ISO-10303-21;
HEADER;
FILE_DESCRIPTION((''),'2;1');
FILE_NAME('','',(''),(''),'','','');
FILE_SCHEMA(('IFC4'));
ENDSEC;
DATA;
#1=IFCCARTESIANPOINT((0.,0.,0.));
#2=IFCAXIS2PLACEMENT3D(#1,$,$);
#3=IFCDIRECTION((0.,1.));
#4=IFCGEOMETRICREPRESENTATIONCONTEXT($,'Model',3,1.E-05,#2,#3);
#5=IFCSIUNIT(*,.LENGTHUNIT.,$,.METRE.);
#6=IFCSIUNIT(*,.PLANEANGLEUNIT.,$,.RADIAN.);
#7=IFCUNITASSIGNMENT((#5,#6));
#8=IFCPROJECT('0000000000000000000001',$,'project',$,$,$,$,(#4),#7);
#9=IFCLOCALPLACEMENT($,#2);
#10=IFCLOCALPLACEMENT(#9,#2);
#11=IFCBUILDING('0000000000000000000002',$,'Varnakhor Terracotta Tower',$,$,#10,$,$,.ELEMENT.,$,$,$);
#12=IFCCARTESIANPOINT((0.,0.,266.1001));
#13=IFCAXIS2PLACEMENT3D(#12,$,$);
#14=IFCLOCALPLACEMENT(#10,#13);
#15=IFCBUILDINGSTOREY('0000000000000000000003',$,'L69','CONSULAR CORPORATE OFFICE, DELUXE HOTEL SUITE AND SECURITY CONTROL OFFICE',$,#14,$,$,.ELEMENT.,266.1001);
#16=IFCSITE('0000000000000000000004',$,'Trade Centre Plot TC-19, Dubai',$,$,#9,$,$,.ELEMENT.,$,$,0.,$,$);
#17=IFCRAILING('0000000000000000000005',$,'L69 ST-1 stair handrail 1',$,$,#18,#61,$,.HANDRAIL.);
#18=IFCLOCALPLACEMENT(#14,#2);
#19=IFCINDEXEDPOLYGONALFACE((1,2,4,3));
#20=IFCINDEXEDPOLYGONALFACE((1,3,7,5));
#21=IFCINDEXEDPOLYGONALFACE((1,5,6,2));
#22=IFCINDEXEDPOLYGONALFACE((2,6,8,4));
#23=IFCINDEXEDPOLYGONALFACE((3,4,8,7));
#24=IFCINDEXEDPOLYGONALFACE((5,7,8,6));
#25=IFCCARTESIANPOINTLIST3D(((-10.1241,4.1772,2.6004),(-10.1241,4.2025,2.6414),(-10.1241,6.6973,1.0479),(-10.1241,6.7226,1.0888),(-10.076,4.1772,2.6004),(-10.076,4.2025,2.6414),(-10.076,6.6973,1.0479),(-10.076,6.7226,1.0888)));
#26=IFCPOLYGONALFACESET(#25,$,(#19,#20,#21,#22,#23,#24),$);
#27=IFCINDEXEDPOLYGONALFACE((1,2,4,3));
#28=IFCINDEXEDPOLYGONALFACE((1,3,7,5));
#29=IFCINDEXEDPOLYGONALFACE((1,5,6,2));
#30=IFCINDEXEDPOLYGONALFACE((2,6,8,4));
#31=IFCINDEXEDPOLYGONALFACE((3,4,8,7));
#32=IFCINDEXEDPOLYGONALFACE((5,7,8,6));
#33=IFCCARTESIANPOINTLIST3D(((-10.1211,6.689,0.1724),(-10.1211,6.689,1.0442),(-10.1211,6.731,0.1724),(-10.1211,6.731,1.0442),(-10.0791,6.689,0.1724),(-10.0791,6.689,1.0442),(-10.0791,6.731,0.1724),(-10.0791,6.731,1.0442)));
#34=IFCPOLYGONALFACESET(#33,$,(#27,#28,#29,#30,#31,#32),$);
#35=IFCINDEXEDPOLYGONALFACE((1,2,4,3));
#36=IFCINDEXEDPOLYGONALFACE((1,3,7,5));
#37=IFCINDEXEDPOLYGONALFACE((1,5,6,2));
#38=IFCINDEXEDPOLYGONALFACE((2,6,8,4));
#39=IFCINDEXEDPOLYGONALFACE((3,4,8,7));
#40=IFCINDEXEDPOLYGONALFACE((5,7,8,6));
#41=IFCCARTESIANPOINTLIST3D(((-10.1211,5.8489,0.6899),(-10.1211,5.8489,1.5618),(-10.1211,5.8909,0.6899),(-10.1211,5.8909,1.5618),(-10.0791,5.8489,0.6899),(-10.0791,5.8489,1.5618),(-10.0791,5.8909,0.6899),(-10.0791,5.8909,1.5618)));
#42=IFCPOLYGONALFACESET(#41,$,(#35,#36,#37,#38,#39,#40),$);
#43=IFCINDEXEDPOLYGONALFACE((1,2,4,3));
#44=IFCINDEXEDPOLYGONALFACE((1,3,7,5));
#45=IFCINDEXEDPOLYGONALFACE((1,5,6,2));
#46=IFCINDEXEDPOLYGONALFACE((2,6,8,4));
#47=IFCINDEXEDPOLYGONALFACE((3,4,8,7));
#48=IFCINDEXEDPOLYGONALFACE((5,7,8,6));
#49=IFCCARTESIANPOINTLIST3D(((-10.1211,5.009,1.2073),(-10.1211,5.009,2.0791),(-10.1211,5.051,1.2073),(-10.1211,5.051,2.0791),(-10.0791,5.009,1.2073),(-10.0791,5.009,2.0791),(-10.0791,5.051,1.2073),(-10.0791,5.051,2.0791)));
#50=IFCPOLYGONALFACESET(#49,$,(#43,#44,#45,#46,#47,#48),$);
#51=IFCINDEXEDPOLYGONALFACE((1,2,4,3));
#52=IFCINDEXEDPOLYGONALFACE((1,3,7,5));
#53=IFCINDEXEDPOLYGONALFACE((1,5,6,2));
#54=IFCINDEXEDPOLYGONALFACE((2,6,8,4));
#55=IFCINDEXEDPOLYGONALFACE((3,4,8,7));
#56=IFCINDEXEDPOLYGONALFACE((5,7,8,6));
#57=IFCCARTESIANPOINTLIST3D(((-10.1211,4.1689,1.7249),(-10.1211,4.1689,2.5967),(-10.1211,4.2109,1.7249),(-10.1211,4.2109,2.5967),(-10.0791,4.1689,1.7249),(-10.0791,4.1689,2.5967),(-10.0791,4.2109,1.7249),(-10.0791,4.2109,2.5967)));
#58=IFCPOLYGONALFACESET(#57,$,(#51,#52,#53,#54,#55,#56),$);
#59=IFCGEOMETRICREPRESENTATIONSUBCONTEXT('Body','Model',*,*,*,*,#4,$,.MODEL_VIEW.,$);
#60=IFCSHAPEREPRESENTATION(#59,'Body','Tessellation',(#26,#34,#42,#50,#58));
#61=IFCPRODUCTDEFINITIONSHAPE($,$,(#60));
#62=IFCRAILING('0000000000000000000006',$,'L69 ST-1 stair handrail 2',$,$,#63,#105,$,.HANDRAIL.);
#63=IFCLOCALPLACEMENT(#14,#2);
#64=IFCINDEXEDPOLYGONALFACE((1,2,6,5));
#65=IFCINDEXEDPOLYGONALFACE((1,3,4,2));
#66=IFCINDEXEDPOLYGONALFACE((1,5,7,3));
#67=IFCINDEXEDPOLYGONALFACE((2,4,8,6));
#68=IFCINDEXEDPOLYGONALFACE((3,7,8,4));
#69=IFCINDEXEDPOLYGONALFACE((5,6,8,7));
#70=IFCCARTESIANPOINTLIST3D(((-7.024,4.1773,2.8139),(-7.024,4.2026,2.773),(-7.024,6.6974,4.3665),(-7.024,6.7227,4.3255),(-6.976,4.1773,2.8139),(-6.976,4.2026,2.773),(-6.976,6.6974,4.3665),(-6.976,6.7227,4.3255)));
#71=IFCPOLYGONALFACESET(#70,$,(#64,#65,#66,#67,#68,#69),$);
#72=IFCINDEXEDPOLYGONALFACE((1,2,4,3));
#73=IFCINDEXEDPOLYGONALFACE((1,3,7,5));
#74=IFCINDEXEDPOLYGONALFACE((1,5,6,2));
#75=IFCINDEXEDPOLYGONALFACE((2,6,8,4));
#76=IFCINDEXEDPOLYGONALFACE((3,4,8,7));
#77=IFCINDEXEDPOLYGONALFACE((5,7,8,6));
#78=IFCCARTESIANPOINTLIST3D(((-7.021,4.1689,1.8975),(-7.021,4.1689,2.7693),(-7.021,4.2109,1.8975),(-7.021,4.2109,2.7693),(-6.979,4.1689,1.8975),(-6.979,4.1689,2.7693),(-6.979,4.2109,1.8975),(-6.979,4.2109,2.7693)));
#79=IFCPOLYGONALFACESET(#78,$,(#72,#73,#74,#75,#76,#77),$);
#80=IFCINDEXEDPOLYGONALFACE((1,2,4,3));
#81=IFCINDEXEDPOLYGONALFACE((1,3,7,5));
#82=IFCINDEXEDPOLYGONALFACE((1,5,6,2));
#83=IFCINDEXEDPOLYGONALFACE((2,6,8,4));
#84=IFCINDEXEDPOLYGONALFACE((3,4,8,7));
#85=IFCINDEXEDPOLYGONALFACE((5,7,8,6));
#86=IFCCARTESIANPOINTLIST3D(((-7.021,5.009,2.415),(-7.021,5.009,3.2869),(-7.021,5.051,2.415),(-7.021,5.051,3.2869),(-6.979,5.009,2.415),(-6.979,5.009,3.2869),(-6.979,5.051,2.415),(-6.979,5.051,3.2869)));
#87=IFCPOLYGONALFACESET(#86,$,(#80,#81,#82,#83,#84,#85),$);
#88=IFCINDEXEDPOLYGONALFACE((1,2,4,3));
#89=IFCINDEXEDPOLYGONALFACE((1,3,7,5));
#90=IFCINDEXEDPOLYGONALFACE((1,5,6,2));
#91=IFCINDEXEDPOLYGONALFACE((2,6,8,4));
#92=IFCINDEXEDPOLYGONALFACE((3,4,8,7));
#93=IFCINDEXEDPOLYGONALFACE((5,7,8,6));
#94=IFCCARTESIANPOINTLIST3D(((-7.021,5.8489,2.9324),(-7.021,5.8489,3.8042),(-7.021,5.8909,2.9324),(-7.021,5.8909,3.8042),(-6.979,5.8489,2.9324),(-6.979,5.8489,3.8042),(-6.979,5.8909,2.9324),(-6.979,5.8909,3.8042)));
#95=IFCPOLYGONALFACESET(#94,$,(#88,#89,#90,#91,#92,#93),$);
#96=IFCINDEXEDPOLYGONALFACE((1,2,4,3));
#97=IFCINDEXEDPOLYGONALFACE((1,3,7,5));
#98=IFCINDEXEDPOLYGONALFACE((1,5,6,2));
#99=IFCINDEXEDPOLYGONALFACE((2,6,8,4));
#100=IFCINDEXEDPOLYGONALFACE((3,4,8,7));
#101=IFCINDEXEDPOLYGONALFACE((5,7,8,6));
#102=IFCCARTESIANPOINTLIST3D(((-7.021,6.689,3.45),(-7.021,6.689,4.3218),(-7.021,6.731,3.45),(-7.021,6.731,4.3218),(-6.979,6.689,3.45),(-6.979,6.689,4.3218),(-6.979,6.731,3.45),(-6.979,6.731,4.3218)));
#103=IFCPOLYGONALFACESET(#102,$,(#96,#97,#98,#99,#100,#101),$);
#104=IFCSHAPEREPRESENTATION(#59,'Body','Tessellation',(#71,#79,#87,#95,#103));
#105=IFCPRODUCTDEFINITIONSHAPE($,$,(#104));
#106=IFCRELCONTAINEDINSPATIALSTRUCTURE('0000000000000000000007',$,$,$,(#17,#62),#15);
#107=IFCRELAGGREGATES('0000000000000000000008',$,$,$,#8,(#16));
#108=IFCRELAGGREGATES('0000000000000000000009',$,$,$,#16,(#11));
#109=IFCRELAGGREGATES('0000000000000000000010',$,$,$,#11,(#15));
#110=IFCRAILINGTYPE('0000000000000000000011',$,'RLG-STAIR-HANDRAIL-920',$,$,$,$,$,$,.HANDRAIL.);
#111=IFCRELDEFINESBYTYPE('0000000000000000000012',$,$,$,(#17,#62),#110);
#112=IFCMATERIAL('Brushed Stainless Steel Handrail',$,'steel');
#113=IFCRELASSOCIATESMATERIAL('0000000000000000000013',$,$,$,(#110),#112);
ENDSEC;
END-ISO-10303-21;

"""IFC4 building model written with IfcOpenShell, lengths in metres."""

from ifc_helpers import new_model, si_unit, direction, frame, origin, origin_2d, place, context, subcontext, project, spatial, rectangle, extrude, material, type_object, element, save


model = new_model("IFC4")

# Units and contexts
model_context = context("Model", 3, precision=1e-05, world=origin(), true_north=direction((0.0, 1.0)))
body_context = subcontext(model_context, "Body", "Model", "MODEL_VIEW")
ifc_project = project(units=[si_unit("LENGTHUNIT", "METRE"), si_unit("PLANEANGLEUNIT", "RADIAN")], contexts=[model_context])

# Site, building, storey
site_placement = place(None, origin())
site = spatial("IfcSite", under=ifc_project, at=site_placement, Name="Trade Centre Plot TC-19, Dubai", CompositionType="ELEMENT", RefElevation=0.0)
building_placement = place(site_placement, origin())
building = spatial("IfcBuilding", under=site, at=building_placement, Name="Varnakhor Terracotta Tower", CompositionType="ELEMENT")
storey_placement = place(building_placement, frame((0.0, 0.0, 266.1001)))
storey = spatial("IfcBuildingStorey", under=building, at=storey_placement, Name="L69", Description="CONSULAR CORPORATE OFFICE, DELUXE HOTEL SUITE AND SECURITY CONTROL OFFICE", CompositionType="ELEMENT", Elevation=266.1001)

# Railings
ifc_material_1 = material(Name="Brushed Stainless Steel Handrail", Category="steel")
railing_type_1 = type_object("IfcRailingType", Name="RLG-STAIR-HANDRAIL-920", PredefinedType="HANDRAIL", material=ifc_material_1)
railing_1_placement = place(storey_placement, frame((-10.1001, 6.71, 0.1724)))
element("IfcRailing", 1, at=railing_1_placement, inside=storey, type_object=railing_type_1, Name="L69 ST-1 stair handrail 1", PredefinedType="HANDRAIL", context=body_context, shape_type="SweptSolid", body=[
    extrude(rectangle(XDim=0.0481, YDim=0.0481, at=origin_2d()), frame((0.0, 0.0, 0.896), z_axis=(0.0, -0.8514, 0.524516), x_axis=(1.0, 0.0, 0.0)), (0.0, 0.0, 1.0), 2.96),
    extrude(rectangle(XDim=0.042, YDim=0.042, at=origin_2d()), origin(), (0.0, 0.0, 1.0), 0.8718),
    extrude(rectangle(XDim=0.042, YDim=0.042, at=origin_2d()), frame((0.0, -0.8401, 0.5176)), (0.0, 0.0, 1.0), 0.8718),
    extrude(rectangle(XDim=0.042, YDim=0.042, at=origin_2d()), frame((0.0, -1.6799, 1.0349)), (0.0, 0.0, 1.0), 0.8718),
    extrude(rectangle(XDim=0.042, YDim=0.042, at=origin_2d()), frame((0.0, -2.52, 1.5525)), (0.0, 0.0, 1.0), 0.8718),
])
railing_2_placement = place(storey_placement, frame((-7.0, 4.1899, 1.8975)))
element("IfcRailing", 2, at=railing_2_placement, inside=storey, type_object=railing_type_1, Name="L69 ST-1 stair handrail 2", PredefinedType="HANDRAIL", context=body_context, shape_type="SweptSolid", body=[
    extrude(rectangle(XDim=0.0481, YDim=0.0481, at=origin_2d()), frame((0.0, 0.0, 0.896), z_axis=(0.0, 0.8514, 0.524516), x_axis=(-1.0, 0.0, 0.0)), (0.0, 0.0, 1.0), 2.96),
    extrude(rectangle(XDim=0.042, YDim=0.042, at=origin_2d()), origin(), (0.0, 0.0, 1.0), 0.8718),
    extrude(rectangle(XDim=0.042, YDim=0.042, at=origin_2d()), frame((0.0, 0.8401, 0.5176)), (0.0, 0.0, 1.0), 0.8718),
    extrude(rectangle(XDim=0.042, YDim=0.042, at=origin_2d()), frame((0.0, 1.6799, 1.0349)), (0.0, 0.0, 1.0), 0.8718),
    extrude(rectangle(XDim=0.042, YDim=0.042, at=origin_2d()), frame((0.0, 2.52, 1.5525)), (0.0, 0.0, 1.0), 0.8718),
])

save(model, "model.ifc")
